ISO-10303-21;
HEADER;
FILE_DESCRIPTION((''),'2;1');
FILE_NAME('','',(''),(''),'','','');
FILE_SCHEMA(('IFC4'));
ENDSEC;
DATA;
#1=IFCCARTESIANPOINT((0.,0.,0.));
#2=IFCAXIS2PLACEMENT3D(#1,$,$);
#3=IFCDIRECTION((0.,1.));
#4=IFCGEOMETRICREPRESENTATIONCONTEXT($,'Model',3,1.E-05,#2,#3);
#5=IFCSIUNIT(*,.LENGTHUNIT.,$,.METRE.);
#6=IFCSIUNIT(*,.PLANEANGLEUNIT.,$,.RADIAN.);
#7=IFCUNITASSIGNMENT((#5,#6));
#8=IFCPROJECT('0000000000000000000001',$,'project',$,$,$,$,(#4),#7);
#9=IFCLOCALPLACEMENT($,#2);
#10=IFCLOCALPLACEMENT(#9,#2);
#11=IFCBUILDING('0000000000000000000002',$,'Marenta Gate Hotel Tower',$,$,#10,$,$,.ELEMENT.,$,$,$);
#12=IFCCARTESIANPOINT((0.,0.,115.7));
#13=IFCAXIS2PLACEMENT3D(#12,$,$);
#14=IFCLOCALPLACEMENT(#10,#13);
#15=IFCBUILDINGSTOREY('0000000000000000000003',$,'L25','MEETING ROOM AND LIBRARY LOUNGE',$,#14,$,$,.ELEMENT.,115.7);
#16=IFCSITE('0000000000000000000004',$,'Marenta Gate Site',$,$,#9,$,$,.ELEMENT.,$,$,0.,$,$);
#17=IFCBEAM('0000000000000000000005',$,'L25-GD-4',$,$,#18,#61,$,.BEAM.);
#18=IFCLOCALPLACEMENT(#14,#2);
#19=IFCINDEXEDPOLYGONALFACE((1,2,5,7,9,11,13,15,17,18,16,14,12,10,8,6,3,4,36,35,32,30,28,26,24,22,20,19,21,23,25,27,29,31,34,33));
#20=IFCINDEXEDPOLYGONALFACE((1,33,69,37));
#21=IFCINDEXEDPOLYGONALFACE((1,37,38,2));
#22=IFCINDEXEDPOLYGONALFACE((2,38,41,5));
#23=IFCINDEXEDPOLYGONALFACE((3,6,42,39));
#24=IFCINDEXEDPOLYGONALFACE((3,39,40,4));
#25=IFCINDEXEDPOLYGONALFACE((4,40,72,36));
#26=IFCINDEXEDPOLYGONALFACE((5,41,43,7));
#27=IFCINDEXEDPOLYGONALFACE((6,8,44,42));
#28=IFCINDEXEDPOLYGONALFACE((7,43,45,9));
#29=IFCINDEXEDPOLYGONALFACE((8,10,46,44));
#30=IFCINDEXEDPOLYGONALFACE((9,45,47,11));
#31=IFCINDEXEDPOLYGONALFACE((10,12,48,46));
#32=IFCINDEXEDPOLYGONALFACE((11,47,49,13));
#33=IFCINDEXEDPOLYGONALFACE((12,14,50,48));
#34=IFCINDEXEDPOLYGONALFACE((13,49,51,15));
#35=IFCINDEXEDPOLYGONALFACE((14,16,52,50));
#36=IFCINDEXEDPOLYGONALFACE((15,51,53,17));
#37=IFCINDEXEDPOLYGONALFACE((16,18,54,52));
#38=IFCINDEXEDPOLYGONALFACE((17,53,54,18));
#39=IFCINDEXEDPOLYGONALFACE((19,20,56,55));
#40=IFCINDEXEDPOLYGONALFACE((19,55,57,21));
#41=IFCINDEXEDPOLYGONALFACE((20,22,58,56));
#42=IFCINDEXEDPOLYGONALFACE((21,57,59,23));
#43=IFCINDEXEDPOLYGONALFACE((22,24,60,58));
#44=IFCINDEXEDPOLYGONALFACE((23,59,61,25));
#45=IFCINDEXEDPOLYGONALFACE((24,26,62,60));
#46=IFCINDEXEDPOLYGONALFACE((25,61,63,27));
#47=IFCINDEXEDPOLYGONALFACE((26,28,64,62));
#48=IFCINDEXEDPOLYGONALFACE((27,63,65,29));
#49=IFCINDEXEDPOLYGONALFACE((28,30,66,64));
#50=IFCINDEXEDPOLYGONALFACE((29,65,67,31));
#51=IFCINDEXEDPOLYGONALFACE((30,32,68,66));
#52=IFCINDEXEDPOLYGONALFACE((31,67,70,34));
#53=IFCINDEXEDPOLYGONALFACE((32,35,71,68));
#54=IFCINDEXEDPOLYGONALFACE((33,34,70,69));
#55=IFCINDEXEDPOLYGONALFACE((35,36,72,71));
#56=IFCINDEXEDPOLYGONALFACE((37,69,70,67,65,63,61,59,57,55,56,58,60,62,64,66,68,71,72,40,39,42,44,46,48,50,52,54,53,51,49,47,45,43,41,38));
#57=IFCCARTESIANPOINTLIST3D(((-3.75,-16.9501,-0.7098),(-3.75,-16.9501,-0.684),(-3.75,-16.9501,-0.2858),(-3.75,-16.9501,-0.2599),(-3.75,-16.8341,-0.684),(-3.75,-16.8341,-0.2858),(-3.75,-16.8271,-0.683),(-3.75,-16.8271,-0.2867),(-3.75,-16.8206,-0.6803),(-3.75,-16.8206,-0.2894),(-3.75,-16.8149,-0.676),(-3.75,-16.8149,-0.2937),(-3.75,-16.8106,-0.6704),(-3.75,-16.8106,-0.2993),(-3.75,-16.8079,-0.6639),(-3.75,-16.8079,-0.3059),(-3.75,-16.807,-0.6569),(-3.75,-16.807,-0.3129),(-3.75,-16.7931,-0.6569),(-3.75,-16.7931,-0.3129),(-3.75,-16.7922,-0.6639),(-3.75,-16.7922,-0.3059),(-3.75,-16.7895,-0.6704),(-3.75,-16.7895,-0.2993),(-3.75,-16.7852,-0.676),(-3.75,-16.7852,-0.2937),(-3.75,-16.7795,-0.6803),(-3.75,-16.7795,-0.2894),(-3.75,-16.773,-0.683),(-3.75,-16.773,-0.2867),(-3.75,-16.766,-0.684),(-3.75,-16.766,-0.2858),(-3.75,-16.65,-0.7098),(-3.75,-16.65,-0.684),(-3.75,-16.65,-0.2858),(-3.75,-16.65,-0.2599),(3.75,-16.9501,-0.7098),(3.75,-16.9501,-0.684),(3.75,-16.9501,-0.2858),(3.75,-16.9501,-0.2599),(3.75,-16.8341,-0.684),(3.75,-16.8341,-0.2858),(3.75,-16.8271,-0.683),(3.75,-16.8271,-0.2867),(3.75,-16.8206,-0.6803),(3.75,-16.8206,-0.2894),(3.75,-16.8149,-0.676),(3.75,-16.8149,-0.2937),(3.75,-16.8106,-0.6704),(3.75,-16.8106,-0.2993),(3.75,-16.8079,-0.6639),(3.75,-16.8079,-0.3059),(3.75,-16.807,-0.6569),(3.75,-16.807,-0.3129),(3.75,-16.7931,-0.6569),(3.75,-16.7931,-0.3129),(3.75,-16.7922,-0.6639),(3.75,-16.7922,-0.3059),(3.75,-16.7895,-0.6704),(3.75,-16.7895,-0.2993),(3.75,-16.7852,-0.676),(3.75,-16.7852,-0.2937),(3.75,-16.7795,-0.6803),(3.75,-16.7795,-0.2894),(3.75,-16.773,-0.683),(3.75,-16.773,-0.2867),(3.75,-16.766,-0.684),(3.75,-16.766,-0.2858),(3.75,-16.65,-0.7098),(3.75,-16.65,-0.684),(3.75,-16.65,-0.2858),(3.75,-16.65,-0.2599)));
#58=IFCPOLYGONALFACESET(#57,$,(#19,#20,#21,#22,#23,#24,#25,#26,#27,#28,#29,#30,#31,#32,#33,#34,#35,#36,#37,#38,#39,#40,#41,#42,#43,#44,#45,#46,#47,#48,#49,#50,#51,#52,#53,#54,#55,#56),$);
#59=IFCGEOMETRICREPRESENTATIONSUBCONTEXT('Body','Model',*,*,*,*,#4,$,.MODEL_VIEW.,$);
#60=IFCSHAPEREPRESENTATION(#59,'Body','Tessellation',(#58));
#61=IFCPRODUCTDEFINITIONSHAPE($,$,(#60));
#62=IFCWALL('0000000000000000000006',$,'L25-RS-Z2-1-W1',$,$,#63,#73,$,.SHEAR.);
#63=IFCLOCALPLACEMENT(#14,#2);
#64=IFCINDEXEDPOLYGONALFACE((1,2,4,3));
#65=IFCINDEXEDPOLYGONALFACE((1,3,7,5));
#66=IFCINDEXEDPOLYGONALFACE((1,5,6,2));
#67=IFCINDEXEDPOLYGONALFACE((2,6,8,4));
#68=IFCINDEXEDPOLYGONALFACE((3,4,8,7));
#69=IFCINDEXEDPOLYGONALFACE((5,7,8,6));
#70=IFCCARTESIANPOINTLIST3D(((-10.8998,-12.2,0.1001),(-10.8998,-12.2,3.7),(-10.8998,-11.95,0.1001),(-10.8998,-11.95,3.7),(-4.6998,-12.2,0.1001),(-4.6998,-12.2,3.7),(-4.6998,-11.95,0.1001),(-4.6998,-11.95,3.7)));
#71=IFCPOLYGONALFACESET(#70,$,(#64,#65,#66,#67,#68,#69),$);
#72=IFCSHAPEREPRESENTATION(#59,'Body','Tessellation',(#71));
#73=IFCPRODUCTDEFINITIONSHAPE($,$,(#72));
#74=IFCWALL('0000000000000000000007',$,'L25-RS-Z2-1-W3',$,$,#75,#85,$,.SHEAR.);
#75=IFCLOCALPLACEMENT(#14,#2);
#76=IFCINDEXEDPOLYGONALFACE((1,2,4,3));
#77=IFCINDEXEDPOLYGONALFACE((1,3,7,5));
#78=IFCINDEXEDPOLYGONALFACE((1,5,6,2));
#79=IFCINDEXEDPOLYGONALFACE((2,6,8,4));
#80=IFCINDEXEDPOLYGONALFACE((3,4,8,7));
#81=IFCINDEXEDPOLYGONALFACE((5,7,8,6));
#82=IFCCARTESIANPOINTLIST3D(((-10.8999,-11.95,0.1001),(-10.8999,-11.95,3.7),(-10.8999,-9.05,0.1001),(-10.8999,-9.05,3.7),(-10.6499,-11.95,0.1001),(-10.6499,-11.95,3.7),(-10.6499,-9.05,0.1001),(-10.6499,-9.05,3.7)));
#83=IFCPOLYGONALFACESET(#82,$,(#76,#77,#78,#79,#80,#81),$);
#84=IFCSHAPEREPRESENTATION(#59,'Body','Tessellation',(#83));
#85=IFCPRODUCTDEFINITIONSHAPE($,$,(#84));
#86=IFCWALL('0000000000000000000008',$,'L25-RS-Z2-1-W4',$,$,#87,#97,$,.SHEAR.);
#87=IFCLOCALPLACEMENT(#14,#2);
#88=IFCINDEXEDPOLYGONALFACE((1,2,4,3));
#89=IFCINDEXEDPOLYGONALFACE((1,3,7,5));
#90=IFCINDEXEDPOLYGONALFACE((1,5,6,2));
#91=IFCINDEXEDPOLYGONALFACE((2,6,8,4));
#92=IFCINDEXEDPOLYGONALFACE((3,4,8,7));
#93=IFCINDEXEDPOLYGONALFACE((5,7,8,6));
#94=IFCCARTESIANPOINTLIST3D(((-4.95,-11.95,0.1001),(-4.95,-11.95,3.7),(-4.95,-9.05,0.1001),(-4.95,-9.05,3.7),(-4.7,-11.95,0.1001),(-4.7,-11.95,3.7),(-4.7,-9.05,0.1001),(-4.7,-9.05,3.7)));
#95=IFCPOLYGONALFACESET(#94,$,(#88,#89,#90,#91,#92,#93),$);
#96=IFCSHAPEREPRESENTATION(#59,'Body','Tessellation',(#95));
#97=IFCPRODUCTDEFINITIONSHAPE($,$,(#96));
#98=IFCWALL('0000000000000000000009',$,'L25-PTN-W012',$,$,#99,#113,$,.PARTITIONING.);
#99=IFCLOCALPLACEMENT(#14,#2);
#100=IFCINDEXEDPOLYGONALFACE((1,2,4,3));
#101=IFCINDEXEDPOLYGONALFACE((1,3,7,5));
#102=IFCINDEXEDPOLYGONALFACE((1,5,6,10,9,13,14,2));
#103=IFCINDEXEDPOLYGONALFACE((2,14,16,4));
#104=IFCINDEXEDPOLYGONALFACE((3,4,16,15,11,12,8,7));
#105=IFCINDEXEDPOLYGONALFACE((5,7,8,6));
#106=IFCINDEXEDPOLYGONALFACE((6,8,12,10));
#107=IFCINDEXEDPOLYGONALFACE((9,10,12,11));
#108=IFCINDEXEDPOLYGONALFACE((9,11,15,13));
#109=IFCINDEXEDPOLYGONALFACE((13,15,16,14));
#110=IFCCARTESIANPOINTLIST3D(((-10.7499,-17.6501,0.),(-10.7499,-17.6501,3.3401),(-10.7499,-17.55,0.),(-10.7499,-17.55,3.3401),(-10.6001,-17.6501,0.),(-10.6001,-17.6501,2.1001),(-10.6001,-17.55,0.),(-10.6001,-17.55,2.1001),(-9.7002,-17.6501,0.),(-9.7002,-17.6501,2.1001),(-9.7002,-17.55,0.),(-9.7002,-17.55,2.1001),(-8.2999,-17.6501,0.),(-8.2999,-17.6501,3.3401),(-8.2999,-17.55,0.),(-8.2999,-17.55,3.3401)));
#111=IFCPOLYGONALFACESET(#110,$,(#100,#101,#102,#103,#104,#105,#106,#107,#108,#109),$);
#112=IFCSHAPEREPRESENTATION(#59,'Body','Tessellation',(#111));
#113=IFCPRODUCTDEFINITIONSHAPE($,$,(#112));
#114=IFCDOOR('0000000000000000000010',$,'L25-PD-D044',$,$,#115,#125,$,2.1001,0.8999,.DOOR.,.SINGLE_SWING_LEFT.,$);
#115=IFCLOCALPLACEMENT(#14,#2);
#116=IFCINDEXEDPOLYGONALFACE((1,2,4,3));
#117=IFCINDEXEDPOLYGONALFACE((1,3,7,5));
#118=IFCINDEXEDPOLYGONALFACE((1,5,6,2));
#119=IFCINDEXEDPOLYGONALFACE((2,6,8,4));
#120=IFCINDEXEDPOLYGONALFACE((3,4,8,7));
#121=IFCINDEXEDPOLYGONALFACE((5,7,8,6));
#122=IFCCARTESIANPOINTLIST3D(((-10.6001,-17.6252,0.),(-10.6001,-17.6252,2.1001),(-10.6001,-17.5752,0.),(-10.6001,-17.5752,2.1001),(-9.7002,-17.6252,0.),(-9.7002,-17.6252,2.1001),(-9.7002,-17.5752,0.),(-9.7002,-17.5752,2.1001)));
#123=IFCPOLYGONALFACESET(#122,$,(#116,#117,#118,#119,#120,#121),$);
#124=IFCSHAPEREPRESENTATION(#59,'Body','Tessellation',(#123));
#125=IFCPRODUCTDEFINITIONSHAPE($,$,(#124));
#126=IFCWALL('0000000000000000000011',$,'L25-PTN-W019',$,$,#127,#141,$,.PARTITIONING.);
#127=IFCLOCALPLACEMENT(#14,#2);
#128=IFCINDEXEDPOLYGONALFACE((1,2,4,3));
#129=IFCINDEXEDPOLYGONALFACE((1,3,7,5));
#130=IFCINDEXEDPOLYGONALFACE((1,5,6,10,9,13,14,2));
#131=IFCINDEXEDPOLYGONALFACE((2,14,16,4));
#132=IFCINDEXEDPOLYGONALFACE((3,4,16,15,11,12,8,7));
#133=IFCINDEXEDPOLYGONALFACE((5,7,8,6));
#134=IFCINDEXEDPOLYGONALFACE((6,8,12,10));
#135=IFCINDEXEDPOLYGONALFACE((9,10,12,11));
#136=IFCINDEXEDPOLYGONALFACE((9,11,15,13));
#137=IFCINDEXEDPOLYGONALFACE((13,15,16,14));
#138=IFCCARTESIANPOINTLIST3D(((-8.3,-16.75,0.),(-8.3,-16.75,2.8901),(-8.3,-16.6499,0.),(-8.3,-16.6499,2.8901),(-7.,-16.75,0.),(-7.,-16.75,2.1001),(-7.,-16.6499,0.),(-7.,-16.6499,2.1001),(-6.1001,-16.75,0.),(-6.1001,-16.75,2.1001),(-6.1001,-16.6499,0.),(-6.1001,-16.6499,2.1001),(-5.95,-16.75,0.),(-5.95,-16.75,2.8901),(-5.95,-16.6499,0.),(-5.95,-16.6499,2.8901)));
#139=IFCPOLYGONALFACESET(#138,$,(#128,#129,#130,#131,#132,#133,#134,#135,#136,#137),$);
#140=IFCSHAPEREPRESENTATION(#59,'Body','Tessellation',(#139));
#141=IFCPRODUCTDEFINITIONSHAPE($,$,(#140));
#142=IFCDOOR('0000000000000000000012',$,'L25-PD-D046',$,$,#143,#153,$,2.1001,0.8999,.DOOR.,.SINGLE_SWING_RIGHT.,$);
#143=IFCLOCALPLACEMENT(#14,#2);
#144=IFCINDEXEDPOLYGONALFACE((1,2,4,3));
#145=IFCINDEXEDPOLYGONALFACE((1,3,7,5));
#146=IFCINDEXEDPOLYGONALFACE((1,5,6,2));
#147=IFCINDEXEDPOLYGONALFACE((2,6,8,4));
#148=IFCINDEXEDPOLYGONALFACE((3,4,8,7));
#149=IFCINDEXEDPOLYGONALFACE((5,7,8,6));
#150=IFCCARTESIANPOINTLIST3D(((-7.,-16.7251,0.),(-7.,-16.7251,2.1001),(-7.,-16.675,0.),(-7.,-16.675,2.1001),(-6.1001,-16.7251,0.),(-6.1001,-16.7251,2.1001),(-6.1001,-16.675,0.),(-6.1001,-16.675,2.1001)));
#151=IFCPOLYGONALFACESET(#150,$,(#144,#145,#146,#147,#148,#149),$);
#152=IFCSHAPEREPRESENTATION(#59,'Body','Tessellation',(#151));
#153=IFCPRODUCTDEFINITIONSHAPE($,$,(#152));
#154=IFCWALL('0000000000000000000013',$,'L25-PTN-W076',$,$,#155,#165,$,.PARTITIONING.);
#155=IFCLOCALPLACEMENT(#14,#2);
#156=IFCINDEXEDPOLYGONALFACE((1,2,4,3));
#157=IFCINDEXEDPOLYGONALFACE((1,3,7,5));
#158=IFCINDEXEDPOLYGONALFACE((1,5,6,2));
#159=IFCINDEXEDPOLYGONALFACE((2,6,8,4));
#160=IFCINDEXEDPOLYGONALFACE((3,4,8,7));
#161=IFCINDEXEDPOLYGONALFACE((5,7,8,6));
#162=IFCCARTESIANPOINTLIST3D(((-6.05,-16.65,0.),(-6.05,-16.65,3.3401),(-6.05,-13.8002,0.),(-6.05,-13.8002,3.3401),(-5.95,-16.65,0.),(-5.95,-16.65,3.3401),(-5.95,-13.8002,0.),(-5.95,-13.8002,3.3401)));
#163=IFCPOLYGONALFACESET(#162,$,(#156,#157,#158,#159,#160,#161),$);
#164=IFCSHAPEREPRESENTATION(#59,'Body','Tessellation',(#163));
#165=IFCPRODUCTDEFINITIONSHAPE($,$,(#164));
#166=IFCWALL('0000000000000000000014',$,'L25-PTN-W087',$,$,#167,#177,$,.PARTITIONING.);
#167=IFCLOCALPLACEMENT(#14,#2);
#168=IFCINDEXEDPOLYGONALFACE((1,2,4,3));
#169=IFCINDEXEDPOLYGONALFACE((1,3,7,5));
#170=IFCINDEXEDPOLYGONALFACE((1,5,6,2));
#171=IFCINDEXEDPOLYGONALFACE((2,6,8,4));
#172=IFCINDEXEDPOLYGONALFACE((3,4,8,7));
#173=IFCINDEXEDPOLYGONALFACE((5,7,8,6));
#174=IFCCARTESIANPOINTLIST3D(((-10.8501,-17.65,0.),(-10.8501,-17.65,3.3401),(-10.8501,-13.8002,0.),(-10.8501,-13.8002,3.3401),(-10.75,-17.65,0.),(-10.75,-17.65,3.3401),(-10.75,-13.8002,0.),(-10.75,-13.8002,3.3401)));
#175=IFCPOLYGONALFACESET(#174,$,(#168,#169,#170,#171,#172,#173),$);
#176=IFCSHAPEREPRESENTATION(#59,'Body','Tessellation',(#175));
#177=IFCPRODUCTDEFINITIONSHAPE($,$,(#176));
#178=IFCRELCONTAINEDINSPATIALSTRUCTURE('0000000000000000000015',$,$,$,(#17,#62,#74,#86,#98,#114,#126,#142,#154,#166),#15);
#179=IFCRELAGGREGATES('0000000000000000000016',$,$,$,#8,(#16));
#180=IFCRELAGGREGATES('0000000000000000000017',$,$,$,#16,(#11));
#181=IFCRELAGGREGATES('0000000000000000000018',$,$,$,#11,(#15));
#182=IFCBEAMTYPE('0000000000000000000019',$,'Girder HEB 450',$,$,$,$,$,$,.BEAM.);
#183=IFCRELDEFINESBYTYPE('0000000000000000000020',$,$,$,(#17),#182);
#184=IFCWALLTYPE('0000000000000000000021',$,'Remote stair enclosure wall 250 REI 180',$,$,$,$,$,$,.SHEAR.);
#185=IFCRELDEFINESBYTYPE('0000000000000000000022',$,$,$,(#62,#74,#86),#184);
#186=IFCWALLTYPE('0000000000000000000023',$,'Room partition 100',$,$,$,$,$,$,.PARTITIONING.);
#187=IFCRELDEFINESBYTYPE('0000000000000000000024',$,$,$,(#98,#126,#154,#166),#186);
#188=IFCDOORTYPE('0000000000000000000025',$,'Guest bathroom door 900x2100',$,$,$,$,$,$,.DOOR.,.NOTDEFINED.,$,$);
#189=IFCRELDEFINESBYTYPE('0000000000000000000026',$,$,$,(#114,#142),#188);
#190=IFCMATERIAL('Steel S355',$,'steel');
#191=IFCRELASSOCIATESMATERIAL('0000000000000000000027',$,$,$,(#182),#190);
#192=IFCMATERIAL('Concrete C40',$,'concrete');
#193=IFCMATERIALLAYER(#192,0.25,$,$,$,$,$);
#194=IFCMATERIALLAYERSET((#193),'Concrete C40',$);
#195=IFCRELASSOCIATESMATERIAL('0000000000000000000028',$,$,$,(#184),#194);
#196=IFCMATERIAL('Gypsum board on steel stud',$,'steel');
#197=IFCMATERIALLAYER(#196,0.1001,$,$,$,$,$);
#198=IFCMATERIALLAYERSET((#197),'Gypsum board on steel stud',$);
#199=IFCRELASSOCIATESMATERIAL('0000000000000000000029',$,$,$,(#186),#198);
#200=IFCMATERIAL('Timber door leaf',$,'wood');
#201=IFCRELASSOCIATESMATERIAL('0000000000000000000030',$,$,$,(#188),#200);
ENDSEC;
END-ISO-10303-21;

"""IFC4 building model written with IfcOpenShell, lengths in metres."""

from ifc_helpers import new_model, si_unit, direction, frame, frame_2d, origin, origin_2d, place, context, subcontext, project, spatial, rectangle, i_section, extrude, material, layer, layer_set, material_profile, profile_set, type_object, element, fill, save


model = new_model("IFC4")

# Units and contexts
model_context = context("Model", 3, precision=1e-05, world=origin(), true_north=direction((0.0, 1.0)))
body_context = subcontext(model_context, "Body", "Model", "MODEL_VIEW")
ifc_project = project(units=[si_unit("LENGTHUNIT", "METRE"), si_unit("PLANEANGLEUNIT", "RADIAN")], contexts=[model_context])

# Site, building, storey
site_placement = place(None, origin())
site = spatial("IfcSite", under=ifc_project, at=site_placement, Name="Marenta Gate Site", CompositionType="ELEMENT", RefElevation=0.0)
building_placement = place(site_placement, origin())
building = spatial("IfcBuilding", under=site, at=building_placement, Name="Marenta Gate Hotel Tower", CompositionType="ELEMENT")
storey_placement = place(building_placement, frame((0.0, 0.0, 115.7)))
storey = spatial("IfcBuildingStorey", under=building, at=storey_placement, Name="L25", Description="MEETING ROOM AND LIBRARY LOUNGE", CompositionType="ELEMENT", Elevation=115.7)

# Beam
ifc_material_1 = material(Name="Steel S355", Category="steel")
ifc_material_profile_1 = material_profile(ifc_material_1, i_section(OverallWidth=0.3, OverallDepth=0.45, WebThickness=0.0139, FlangeThickness=0.0259, FilletRadius=0.0271, at=origin_2d()), Name="HEB 450")
ifc_profile_set_1 = profile_set([ifc_material_profile_1], Name="Steel S355")
beam_type_1 = type_object("IfcBeamType", Name="Girder HEB 450", PredefinedType="BEAM", material=ifc_profile_set_1)
for number, where, z_axis, x_axis, name in (
    (1, (-3.75, -16.8, -0.4849), (1.0, 0.0, 0.0), (0.0, 1.0, 0.0), "L25-GD-4"),
):
    element("IfcBeam", number, at=place(storey_placement, frame(where, z_axis=z_axis, x_axis=x_axis)), inside=storey, type_object=beam_type_1, Name=name, PredefinedType="BEAM", context=body_context, shape_type="SweptSolid", body=[
        extrude(i_section(OverallWidth=0.3, OverallDepth=0.45, WebThickness=0.0139, FlangeThickness=0.0259, FilletRadius=0.0271, at=origin_2d()), origin(), (0.0, 0.0, 1.0), 7.5),
    ])

# Walls
ifc_material_2 = material(Name="Concrete C40", Category="concrete")
ifc_layer_1 = layer(ifc_material_2, 0.25)
ifc_layer_set_1 = layer_set([ifc_layer_1], Name="Concrete C40")
wall_type_1 = type_object("IfcWallType", Name="Remote stair enclosure wall 250 REI 180", PredefinedType="SHEAR", material=ifc_layer_set_1)
wall_1_placement = place(storey_placement, frame((-10.8999, -12.075, 0.1001), z_axis=(0.0, 0.0, 1.0), x_axis=(1.0, 0.0, 0.0)))
element("IfcWall", 2, at=wall_1_placement, inside=storey, type_object=wall_type_1, Name="L25-RS-Z2-1-W1", PredefinedType="SHEAR", context=body_context, shape_type="SweptSolid", body=[
    extrude(rectangle(XDim=6.2, YDim=0.25, at=frame_2d((3.1001, 0.0))), origin(), (0.0, 0.0, 1.0), 3.5999),
])
for number, where, z_axis, x_axis, name in (
    (3, (-10.7749, -11.95, 0.1001), (0.0, 0.0, 1.0), (0.0, 1.0, 0.0), "L25-RS-Z2-1-W3"),
    (4, (-4.825, -11.95, 0.1001), (0.0, 0.0, 1.0), (0.0, 1.0, 0.0), "L25-RS-Z2-1-W4"),
):
    element("IfcWall", number, at=place(storey_placement, frame(where, z_axis=z_axis, x_axis=x_axis)), inside=storey, type_object=wall_type_1, Name=name, PredefinedType="SHEAR", context=body_context, shape_type="SweptSolid", body=[
        extrude(rectangle(XDim=2.8999, YDim=0.25, at=frame_2d((1.45, 0.0))), origin(), (0.0, 0.0, 1.0), 3.5999),
    ])

# Walls, openings, doors
ifc_material_3 = material(Name="Gypsum board on steel stud", Category="steel")
ifc_layer_2 = layer(ifc_material_3, 0.1001)
ifc_layer_set_2 = layer_set([ifc_layer_2], Name="Gypsum board on steel stud")
wall_type_2 = type_object("IfcWallType", Name="Room partition 100", PredefinedType="PARTITIONING", material=ifc_layer_set_2)
wall_2_placement = place(storey_placement, frame((-10.75, -17.6001, 0.0), z_axis=(0.0, 0.0, 1.0), x_axis=(1.0, 0.0, 0.0)))
wall_2 = element("IfcWall", 5, at=wall_2_placement, inside=storey, type_object=wall_type_2, Name="L25-PTN-W012", PredefinedType="PARTITIONING", context=body_context, shape_type="SweptSolid", body=[
    extrude(rectangle(XDim=2.45, YDim=0.1001, at=frame_2d((1.2251, 0.0))), origin(), (0.0, 0.0, 1.0), 3.3401),
])
opening_1_placement = place(wall_2_placement, frame((0.1499, 0.0, 0.0)))
opening_1 = element("IfcOpeningElement", 6, at=opening_1_placement, cuts=wall_2, PredefinedType="OPENING", context=body_context, shape_type="SweptSolid", body=[
    extrude(rectangle(XDim=0.8999, YDim=2.1001, at=frame_2d((0.45, 1.05))), frame((0.0, 0.05, 0.0), z_axis=(0.0, -1.0, 0.0), x_axis=(1.0, 0.0, 0.0)), (0.0, 0.0, 1.0), 0.1001),
])
ifc_material_4 = material(Name="Timber door leaf", Category="wood")
door_type_1 = type_object("IfcDoorType", Name="Guest bathroom door 900x2100", OperationType="NOTDEFINED", PredefinedType="DOOR", material=ifc_material_4)
door_1_placement = place(opening_1_placement, origin())
door_1 = element("IfcDoor", 7, at=door_1_placement, inside=storey, type_object=door_type_1, Name="L25-PD-D044", OperationType="SINGLE_SWING_LEFT", OverallHeight=2.1001, OverallWidth=0.8999, PredefinedType="DOOR", context=body_context, shape_type="SweptSolid", body=[
    extrude(rectangle(XDim=0.8999, YDim=2.1001, at=frame_2d((0.45, 1.05))), frame((0.0, 0.0249, 0.0), z_axis=(0.0, -1.0, 0.0), x_axis=(1.0, 0.0, 0.0)), (0.0, 0.0, 1.0), 0.05),
])
fill(opening_1, door_1)
wall_3_placement = place(storey_placement, frame((-8.3, -16.7, 0.0), z_axis=(0.0, 0.0, 1.0), x_axis=(1.0, 0.0, 0.0)))
wall_3 = element("IfcWall", 8, at=wall_3_placement, inside=storey, type_object=wall_type_2, Name="L25-PTN-W019", PredefinedType="PARTITIONING", context=body_context, shape_type="SweptSolid", body=[
    extrude(rectangle(XDim=2.3501, YDim=0.1001, at=frame_2d((1.175, 0.0))), origin(), (0.0, 0.0, 1.0), 2.8901),
])
opening_2_placement = place(wall_3_placement, frame((1.3, 0.0, 0.0)))
opening_2 = element("IfcOpeningElement", 9, at=opening_2_placement, cuts=wall_3, PredefinedType="OPENING", context=body_context, shape_type="SweptSolid", body=[
    extrude(rectangle(XDim=0.8999, YDim=2.1001, at=frame_2d((0.45, 1.05))), frame((0.0, 0.05, 0.0), z_axis=(0.0, -1.0, 0.0), x_axis=(1.0, 0.0, 0.0)), (0.0, 0.0, 1.0), 0.1001),
])
door_2_placement = place(opening_2_placement, origin())
door_2 = element("IfcDoor", 10, at=door_2_placement, inside=storey, type_object=door_type_1, Name="L25-PD-D046", OperationType="SINGLE_SWING_RIGHT", OverallHeight=2.1001, OverallWidth=0.8999, PredefinedType="DOOR", context=body_context, shape_type="SweptSolid", body=[
    extrude(rectangle(XDim=0.8999, YDim=2.1001, at=frame_2d((0.45, 1.05))), frame((0.0, 0.0249, 0.0), z_axis=(0.0, -1.0, 0.0), x_axis=(1.0, 0.0, 0.0)), (0.0, 0.0, 1.0), 0.05),
])
fill(opening_2, door_2)

# Walls
wall_4_placement = place(storey_placement, frame((-6.0, -16.6499, 0.0), z_axis=(0.0, 0.0, 1.0), x_axis=(0.0, 1.0, 0.0)))
element("IfcWall", 11, at=wall_4_placement, inside=storey, type_object=wall_type_2, Name="L25-PTN-W076", PredefinedType="PARTITIONING", context=body_context, shape_type="SweptSolid", body=[
    extrude(rectangle(XDim=2.8499, YDim=0.1001, at=frame_2d((1.4248, 0.0))), origin(), (0.0, 0.0, 1.0), 3.3401),
])
wall_5_placement = place(storey_placement, frame((-10.8, -17.6499, 0.0), z_axis=(0.0, 0.0, 1.0), x_axis=(0.0, 1.0, 0.0)))
element("IfcWall", 12, at=wall_5_placement, inside=storey, type_object=wall_type_2, Name="L25-PTN-W087", PredefinedType="PARTITIONING", context=body_context, shape_type="SweptSolid", body=[
    extrude(rectangle(XDim=3.8499, YDim=0.1001, at=frame_2d((1.9248, 0.0))), origin(), (0.0, 0.0, 1.0), 3.3401),
])

save(model, "model.ifc")
